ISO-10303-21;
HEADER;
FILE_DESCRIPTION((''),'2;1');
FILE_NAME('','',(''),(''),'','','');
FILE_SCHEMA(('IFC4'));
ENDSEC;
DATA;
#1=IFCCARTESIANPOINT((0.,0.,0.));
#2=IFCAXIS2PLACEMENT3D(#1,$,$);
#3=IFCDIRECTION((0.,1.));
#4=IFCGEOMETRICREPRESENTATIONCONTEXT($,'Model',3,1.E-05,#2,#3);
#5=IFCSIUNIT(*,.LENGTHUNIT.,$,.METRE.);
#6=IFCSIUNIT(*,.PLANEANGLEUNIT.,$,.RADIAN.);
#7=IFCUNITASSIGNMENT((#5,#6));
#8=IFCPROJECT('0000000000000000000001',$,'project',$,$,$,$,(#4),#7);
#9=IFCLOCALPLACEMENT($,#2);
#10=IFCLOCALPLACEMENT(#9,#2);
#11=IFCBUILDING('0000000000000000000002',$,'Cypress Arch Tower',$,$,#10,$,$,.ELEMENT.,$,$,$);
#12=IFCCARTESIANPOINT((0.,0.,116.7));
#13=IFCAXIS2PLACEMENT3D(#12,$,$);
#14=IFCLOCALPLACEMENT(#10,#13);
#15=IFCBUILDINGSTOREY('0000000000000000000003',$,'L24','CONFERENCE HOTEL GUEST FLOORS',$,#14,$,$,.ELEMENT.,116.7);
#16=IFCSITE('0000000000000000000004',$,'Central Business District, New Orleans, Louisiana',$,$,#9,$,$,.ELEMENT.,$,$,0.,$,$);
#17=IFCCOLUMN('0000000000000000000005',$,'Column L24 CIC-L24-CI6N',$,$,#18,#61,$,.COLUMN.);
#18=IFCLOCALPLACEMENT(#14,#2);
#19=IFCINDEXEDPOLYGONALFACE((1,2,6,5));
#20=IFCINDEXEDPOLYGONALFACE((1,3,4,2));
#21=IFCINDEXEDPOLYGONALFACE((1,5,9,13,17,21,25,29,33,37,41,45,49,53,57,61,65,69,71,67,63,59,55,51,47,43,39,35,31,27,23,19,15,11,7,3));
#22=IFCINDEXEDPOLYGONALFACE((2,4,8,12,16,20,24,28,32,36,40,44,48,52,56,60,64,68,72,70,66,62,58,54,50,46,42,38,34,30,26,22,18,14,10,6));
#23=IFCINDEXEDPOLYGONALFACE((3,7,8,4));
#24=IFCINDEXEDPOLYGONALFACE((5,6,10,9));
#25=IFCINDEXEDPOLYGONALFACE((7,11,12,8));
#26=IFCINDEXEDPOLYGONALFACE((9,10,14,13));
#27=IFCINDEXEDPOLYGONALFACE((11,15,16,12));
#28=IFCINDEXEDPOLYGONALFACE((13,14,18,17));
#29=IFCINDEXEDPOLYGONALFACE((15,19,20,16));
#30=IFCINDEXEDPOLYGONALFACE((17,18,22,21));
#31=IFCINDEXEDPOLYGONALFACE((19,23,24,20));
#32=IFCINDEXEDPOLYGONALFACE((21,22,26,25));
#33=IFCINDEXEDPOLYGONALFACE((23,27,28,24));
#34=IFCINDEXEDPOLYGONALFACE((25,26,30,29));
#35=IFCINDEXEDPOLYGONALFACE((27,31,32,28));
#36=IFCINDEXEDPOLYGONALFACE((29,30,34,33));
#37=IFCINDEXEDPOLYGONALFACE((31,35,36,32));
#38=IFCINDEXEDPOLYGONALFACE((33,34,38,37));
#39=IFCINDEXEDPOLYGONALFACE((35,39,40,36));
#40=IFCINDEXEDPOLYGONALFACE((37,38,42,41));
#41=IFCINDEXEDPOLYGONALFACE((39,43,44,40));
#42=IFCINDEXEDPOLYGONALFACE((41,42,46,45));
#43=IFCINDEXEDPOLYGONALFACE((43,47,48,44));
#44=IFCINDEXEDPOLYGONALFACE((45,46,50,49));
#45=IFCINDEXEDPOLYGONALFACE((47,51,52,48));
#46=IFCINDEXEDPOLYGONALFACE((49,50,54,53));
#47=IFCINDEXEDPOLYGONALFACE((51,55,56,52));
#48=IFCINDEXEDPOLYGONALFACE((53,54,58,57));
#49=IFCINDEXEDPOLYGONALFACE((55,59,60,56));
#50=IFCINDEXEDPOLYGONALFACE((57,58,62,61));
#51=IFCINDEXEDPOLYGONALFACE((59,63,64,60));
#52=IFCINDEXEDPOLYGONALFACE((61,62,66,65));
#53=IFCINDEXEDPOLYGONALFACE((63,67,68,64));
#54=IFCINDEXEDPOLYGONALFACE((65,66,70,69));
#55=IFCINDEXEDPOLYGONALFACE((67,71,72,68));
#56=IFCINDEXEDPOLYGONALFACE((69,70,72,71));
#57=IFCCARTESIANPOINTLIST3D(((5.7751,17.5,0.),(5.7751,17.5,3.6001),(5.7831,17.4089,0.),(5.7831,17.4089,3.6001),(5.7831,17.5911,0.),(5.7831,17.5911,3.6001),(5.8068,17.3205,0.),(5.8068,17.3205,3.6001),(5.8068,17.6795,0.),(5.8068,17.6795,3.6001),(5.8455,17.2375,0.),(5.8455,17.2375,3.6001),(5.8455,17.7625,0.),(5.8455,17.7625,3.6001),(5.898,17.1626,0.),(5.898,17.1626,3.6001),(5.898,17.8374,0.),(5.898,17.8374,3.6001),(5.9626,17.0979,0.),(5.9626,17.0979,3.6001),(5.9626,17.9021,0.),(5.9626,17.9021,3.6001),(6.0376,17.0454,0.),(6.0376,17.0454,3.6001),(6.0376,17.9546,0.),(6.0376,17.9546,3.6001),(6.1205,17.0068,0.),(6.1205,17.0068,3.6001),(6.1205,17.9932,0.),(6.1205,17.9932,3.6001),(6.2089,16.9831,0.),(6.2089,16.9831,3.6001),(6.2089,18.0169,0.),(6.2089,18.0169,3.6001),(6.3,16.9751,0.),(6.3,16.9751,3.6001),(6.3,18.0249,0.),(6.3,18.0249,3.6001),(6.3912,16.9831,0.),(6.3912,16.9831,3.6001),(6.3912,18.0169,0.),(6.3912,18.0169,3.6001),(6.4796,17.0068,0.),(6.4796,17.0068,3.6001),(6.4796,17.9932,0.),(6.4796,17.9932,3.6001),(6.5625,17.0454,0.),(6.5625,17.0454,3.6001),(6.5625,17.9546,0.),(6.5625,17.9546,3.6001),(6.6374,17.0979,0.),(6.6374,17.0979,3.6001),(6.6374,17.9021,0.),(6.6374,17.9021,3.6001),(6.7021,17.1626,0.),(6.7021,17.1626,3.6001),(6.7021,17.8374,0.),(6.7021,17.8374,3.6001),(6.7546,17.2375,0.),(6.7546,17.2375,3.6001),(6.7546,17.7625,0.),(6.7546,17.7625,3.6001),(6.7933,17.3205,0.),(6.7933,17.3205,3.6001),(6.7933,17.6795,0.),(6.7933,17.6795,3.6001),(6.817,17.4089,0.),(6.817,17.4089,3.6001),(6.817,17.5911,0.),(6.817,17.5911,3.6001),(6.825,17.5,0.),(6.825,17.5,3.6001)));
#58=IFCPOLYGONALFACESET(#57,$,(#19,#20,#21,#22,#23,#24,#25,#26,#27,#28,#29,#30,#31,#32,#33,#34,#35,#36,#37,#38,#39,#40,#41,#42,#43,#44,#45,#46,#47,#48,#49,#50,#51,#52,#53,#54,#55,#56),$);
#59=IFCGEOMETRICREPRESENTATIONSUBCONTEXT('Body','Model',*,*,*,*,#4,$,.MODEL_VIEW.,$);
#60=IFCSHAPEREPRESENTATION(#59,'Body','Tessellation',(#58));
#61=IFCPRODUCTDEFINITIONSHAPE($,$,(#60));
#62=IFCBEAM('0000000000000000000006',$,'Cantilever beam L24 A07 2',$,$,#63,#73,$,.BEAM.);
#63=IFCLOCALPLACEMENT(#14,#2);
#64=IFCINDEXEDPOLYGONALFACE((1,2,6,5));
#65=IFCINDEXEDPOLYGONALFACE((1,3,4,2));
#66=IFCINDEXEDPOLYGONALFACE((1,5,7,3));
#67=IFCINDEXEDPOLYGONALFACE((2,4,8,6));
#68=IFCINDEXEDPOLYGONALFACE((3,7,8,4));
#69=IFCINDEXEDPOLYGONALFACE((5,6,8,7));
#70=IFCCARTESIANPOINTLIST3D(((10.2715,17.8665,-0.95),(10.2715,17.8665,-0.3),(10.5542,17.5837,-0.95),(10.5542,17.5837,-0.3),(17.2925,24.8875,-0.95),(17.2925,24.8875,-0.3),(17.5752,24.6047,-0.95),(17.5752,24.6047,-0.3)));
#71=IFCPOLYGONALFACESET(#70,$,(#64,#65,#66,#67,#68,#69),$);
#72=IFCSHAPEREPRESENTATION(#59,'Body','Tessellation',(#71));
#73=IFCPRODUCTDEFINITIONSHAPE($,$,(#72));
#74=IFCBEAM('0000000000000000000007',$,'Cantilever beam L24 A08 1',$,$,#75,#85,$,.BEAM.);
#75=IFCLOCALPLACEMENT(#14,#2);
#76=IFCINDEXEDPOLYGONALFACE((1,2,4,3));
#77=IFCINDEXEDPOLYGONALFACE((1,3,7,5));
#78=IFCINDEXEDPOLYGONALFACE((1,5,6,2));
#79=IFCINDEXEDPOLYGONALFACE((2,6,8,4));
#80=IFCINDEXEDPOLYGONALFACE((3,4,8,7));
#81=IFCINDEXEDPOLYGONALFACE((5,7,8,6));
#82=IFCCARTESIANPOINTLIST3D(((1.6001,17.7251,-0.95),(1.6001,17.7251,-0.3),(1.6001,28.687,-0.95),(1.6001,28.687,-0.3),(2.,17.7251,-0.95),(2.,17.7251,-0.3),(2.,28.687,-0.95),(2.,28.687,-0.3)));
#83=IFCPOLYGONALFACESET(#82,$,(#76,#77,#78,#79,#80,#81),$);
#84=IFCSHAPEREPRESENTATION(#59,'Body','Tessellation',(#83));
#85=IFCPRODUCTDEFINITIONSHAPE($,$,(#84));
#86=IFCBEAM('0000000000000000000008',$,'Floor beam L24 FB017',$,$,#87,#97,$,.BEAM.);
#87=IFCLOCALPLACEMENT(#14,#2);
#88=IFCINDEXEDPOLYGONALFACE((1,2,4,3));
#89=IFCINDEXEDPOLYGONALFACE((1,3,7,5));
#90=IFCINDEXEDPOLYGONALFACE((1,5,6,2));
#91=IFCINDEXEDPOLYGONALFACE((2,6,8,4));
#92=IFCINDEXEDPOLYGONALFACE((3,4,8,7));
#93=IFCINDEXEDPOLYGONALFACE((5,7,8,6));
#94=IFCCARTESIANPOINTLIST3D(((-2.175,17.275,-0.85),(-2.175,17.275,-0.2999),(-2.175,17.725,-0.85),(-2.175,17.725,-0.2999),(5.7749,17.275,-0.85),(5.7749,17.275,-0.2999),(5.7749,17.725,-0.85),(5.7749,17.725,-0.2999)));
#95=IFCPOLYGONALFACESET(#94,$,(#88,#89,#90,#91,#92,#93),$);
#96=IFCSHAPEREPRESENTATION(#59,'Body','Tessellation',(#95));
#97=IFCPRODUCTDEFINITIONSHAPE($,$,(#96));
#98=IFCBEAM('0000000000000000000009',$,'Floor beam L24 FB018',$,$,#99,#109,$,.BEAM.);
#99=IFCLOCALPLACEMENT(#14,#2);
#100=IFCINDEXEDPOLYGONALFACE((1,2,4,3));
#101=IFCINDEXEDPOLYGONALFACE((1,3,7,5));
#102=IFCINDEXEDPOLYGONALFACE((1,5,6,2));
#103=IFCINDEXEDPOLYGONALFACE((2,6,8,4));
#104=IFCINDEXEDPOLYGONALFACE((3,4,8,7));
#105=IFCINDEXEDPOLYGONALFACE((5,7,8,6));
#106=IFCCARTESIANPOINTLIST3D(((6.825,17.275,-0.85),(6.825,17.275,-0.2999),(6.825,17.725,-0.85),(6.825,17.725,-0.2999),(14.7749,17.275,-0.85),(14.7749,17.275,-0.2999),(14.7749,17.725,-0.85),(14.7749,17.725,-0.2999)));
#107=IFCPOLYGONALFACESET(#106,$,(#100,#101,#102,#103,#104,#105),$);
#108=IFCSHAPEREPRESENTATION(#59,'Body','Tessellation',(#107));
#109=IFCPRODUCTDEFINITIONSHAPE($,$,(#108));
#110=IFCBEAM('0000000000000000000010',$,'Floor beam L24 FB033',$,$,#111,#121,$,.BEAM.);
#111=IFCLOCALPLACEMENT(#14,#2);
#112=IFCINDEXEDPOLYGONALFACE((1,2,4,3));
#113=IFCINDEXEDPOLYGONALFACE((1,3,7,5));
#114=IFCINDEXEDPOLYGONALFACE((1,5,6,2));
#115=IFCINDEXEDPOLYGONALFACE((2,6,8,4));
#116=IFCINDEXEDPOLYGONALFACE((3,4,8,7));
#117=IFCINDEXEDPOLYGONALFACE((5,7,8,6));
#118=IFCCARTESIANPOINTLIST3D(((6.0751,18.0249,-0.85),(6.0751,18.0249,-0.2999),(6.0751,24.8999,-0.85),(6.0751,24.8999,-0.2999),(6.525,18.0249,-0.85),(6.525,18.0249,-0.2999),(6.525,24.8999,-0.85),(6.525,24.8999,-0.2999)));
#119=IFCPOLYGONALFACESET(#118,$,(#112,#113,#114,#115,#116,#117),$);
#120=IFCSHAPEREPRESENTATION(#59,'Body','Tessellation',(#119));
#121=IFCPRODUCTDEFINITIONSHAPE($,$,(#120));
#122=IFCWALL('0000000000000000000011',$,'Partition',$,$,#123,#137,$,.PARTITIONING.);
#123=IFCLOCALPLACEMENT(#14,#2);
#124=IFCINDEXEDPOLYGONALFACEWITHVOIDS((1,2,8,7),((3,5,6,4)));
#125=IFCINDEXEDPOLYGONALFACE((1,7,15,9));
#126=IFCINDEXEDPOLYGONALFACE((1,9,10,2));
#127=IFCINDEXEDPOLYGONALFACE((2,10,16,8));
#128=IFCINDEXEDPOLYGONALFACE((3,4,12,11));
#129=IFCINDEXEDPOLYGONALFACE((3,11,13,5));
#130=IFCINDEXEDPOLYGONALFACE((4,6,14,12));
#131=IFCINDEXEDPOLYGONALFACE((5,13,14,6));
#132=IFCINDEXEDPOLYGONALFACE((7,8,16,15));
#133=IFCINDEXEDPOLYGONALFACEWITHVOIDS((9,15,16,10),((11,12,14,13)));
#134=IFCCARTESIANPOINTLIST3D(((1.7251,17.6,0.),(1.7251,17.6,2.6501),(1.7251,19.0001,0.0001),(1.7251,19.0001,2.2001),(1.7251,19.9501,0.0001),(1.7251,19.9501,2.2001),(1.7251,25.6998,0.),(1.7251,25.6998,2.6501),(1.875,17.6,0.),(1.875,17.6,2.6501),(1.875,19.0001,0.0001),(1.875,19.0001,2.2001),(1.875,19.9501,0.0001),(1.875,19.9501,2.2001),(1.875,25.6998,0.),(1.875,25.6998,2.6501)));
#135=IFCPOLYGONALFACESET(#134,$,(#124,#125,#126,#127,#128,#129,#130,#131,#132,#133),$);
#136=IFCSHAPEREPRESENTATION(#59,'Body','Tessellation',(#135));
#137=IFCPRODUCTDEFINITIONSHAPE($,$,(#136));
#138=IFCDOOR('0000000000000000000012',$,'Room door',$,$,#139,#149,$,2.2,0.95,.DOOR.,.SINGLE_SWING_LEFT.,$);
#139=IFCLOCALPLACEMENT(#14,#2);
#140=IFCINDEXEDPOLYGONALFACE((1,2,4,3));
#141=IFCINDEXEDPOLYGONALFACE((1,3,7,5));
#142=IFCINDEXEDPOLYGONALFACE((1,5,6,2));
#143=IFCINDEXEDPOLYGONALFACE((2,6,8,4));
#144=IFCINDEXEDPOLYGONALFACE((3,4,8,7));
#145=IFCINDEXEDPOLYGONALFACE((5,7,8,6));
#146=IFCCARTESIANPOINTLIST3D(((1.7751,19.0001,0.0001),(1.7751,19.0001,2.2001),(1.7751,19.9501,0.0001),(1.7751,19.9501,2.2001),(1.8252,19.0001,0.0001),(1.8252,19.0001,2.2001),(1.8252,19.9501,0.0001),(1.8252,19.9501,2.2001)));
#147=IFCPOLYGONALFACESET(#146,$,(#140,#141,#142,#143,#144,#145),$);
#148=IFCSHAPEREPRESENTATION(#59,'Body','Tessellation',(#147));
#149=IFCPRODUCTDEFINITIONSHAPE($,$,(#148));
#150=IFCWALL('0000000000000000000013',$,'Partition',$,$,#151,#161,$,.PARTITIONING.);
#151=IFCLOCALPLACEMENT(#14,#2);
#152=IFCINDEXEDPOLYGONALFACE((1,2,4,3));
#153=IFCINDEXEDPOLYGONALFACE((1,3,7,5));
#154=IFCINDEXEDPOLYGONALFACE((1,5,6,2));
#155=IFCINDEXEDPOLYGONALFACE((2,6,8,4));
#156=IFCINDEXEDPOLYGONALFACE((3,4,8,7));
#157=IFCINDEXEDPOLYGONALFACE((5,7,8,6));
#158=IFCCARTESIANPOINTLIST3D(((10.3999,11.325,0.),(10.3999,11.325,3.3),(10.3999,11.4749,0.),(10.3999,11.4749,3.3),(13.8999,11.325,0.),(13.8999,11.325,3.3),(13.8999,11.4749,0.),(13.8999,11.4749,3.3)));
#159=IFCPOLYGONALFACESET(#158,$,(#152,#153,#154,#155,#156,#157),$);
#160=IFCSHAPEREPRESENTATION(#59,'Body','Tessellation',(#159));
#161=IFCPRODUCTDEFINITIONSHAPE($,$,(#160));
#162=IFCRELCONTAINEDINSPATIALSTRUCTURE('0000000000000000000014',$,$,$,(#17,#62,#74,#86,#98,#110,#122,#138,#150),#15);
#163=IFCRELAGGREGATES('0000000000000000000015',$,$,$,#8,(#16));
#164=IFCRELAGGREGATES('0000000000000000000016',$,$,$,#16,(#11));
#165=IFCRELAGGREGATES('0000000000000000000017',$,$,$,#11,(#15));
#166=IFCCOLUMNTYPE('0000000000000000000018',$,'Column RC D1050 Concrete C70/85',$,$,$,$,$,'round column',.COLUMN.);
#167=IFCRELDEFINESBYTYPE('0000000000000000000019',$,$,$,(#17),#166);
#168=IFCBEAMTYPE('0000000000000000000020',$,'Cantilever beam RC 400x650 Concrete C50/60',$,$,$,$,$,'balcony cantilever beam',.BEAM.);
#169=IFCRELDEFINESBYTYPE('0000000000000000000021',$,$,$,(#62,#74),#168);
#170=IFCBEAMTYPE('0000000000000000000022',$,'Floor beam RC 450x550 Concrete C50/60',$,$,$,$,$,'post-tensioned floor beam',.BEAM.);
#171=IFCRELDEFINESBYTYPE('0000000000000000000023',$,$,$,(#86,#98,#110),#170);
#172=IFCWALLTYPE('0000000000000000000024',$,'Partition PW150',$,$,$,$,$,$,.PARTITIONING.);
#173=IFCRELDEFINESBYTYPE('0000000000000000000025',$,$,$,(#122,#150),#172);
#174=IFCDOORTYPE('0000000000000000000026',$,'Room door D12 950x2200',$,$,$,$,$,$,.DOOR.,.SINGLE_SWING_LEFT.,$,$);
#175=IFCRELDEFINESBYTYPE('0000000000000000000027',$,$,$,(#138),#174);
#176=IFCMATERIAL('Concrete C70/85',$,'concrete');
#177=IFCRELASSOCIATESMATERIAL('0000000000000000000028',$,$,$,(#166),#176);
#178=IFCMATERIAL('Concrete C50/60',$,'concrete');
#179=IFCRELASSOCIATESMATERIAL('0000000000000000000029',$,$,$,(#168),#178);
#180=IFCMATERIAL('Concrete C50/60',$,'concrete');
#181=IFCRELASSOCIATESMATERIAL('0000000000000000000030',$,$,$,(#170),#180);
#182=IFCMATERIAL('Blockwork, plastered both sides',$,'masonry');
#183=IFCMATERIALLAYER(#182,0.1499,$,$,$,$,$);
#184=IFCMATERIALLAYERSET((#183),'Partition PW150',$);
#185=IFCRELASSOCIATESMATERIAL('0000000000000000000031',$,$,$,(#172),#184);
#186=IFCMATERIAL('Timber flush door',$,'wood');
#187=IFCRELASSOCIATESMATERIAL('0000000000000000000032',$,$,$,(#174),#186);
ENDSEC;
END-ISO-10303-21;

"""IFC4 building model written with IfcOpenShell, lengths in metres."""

from ifc_helpers import new_model, si_unit, direction, frame, frame_2d, origin, origin_2d, place, context, subcontext, project, spatial, rectangle, circle, extrude, material, layer, layer_set, material_profile, profile_set, type_object, element, fill, save


model = new_model("IFC4")

# Units and contexts
model_context = context("Model", 3, precision=1e-05, world=origin(), true_north=direction((0.0, 1.0)))
body_context = subcontext(model_context, "Body", "Model", "MODEL_VIEW")
ifc_project = project(units=[si_unit("LENGTHUNIT", "METRE"), si_unit("PLANEANGLEUNIT", "RADIAN")], contexts=[model_context])

# Site, building, storey
site_placement = place(None, origin())
site = spatial("IfcSite", under=ifc_project, at=site_placement, Name="Central Business District, New Orleans, Louisiana", CompositionType="ELEMENT", RefElevation=0.0)
building_placement = place(site_placement, origin())
building = spatial("IfcBuilding", under=site, at=building_placement, Name="Cypress Arch Tower", CompositionType="ELEMENT")
storey_placement = place(building_placement, frame((0.0, 0.0, 116.7)))
storey = spatial("IfcBuildingStorey", under=building, at=storey_placement, Name="L24", Description="CONFERENCE HOTEL GUEST FLOORS", CompositionType="ELEMENT", Elevation=116.7)

# Column
ifc_material_1 = material(Name="Concrete C70/85", Category="concrete")
ifc_material_profile_1 = material_profile(ifc_material_1, circle(Radius=0.5249, at=origin_2d()), Name="RC D1050")
ifc_profile_set_1 = profile_set([ifc_material_profile_1], Name="Concrete C70/85")
column_type = type_object("IfcColumnType", Name="Column RC D1050 Concrete C70/85", ElementType="round column", PredefinedType="COLUMN", material=ifc_profile_set_1)
column_placement = place(storey_placement, frame((6.3, 17.5, 0.0), z_axis=(0.0, 0.0, 1.0), x_axis=(1.0, 0.0, 0.0)))
element("IfcColumn", 1, at=column_placement, inside=storey, type_object=column_type, Name="Column L24 CIC-L24-CI6N", PredefinedType="COLUMN", context=body_context, shape_type="SweptSolid", body=[
    extrude(circle(Radius=0.5249, at=origin_2d()), origin(), (0.0, 0.0, 1.0), 3.6001),
])

# Beams
ifc_material_2 = material(Name="Concrete C50/60", Category="concrete")
ifc_material_profile_2 = material_profile(ifc_material_2, rectangle(XDim=0.3999, YDim=0.6499, at=origin_2d()), Name="RC 400x650")
ifc_profile_set_2 = profile_set([ifc_material_profile_2], Name="Concrete C50/60")
beam_type_1 = type_object("IfcBeamType", Name="Cantilever beam RC 400x650 Concrete C50/60", ElementType="balcony cantilever beam", PredefinedType="BEAM", material=ifc_profile_set_2)
beam_1_placement = place(storey_placement, frame((10.4128, 17.7251, -0.625), z_axis=(0.707107, 0.707107, 0.0), x_axis=(-0.707107, 0.707107, 0.0)))
element("IfcBeam", 2, at=beam_1_placement, inside=storey, type_object=beam_type_1, Name="Cantilever beam L24 A07 2", PredefinedType="BEAM", context=body_context, shape_type="SweptSolid", body=[
    extrude(rectangle(XDim=0.3999, YDim=0.6499, at=origin_2d()), origin(), (0.0, 0.0, 1.0), 9.9292),
])
beam_2_placement = place(storey_placement, frame((1.8, 17.7251, -0.625), z_axis=(0.0, 1.0, 0.0), x_axis=(-1.0, 0.0, 0.0)))
element("IfcBeam", 3, at=beam_2_placement, inside=storey, type_object=beam_type_1, Name="Cantilever beam L24 A08 1", PredefinedType="BEAM", context=body_context, shape_type="SweptSolid", body=[
    extrude(rectangle(XDim=0.3999, YDim=0.6499, at=origin_2d()), origin(), (0.0, 0.0, 1.0), 10.9619),
])
ifc_material_3 = material(Name="Concrete C50/60", Category="concrete")
ifc_material_profile_3 = material_profile(ifc_material_3, rectangle(XDim=0.45, YDim=0.55, at=origin_2d()), Name="RC 450x550")
ifc_profile_set_3 = profile_set([ifc_material_profile_3], Name="Concrete C50/60")
beam_type_2 = type_object("IfcBeamType", Name="Floor beam RC 450x550 Concrete C50/60", ElementType="post-tensioned floor beam", PredefinedType="BEAM", material=ifc_profile_set_3)
for number, where, z_axis, x_axis, name in (
    (4, (-2.175, 17.5, -0.575), (1.0, 0.0, 0.0), (0.0, 1.0, 0.0), "Floor beam L24 FB017"),
    (5, (6.825, 17.5, -0.575), (1.0, 0.0, 0.0), (0.0, 1.0, 0.0), "Floor beam L24 FB018"),
):
    element("IfcBeam", number, at=place(storey_placement, frame(where, z_axis=z_axis, x_axis=x_axis)), inside=storey, type_object=beam_type_2, Name=name, PredefinedType="BEAM", context=body_context, shape_type="SweptSolid", body=[
        extrude(rectangle(XDim=0.45, YDim=0.55, at=origin_2d()), origin(), (0.0, 0.0, 1.0), 7.95),
    ])
beam_3_placement = place(storey_placement, frame((6.3, 18.0249, -0.575), z_axis=(0.0, 1.0, 0.0), x_axis=(-1.0, 0.0, 0.0)))
element("IfcBeam", 6, at=beam_3_placement, inside=storey, type_object=beam_type_2, Name="Floor beam L24 FB033", PredefinedType="BEAM", context=body_context, shape_type="SweptSolid", body=[
    extrude(rectangle(XDim=0.45, YDim=0.55, at=origin_2d()), origin(), (0.0, 0.0, 1.0), 6.875),
])

# Wall, opening, door
ifc_material_4 = material(Name="Blockwork, plastered both sides", Category="masonry")
ifc_layer_1 = layer(ifc_material_4, 0.1499)
ifc_layer_set_1 = layer_set([ifc_layer_1], Name="Partition PW150")
wall_type_1 = type_object("IfcWallType", Name="Partition PW150", PredefinedType="PARTITIONING", material=ifc_layer_set_1)
wall_1_placement = place(storey_placement, frame((1.8, 17.6001, 0.0), z_axis=(0.0, 0.0, 1.0), x_axis=(0.0, 1.0, 0.0)))
wall_1 = element("IfcWall", 7, at=wall_1_placement, inside=storey, type_object=wall_type_1, Name="Partition", PredefinedType="PARTITIONING", context=body_context, shape_type="SweptSolid", body=[
    extrude(rectangle(XDim=8.0999, YDim=0.1499, at=frame_2d((4.0498, 0.0))), origin(), (0.0, 0.0, 1.0), 2.6501),
])
opening_1_placement = place(wall_1_placement, frame((1.3999, 0.0, 0.0)))
opening_1 = element("IfcOpeningElement", 8, at=opening_1_placement, cuts=wall_1, PredefinedType="OPENING", context=body_context, shape_type="SweptSolid", body=[
    extrude(rectangle(XDim=0.95, YDim=2.2, at=frame_2d((0.4751, 1.1001))), frame((0.0, 0.085, 0.0), z_axis=(0.0, -1.0, 0.0), x_axis=(1.0, 0.0, 0.0)), (0.0, 0.0, 1.0), 0.1699),
])
ifc_material_5 = material(Name="Timber flush door", Category="wood")
door_type_1 = type_object("IfcDoorType", Name="Room door D12 950x2200", OperationType="SINGLE_SWING_LEFT", PredefinedType="DOOR", material=ifc_material_5)
door_1_placement = place(opening_1_placement, origin())
door_1 = element("IfcDoor", 9, at=door_1_placement, inside=storey, type_object=door_type_1, Name="Room door", OperationType="SINGLE_SWING_LEFT", OverallHeight=2.2, OverallWidth=0.95, PredefinedType="DOOR", context=body_context, shape_type="SweptSolid", body=[
    extrude(rectangle(XDim=0.95, YDim=2.2, at=frame_2d((0.4751, 1.1001))), frame((0.0, 0.0249, 0.0), z_axis=(0.0, -1.0, 0.0), x_axis=(1.0, 0.0, 0.0)), (0.0, 0.0, 1.0), 0.05),
])
fill(opening_1, door_1)

# Wall
wall_2_placement = place(storey_placement, frame((10.3999, 11.3999, 0.0), z_axis=(0.0, 0.0, 1.0), x_axis=(1.0, 0.0, 0.0)))
element("IfcWall", 10, at=wall_2_placement, inside=storey, type_object=wall_type_1, Name="Partition", PredefinedType="PARTITIONING", context=body_context, shape_type="SweptSolid", body=[
    extrude(rectangle(XDim=3.5, YDim=0.1499, at=frame_2d((1.75, 0.0))), origin(), (0.0, 0.0, 1.0), 3.3),
])

save(model, "model.ifc")
